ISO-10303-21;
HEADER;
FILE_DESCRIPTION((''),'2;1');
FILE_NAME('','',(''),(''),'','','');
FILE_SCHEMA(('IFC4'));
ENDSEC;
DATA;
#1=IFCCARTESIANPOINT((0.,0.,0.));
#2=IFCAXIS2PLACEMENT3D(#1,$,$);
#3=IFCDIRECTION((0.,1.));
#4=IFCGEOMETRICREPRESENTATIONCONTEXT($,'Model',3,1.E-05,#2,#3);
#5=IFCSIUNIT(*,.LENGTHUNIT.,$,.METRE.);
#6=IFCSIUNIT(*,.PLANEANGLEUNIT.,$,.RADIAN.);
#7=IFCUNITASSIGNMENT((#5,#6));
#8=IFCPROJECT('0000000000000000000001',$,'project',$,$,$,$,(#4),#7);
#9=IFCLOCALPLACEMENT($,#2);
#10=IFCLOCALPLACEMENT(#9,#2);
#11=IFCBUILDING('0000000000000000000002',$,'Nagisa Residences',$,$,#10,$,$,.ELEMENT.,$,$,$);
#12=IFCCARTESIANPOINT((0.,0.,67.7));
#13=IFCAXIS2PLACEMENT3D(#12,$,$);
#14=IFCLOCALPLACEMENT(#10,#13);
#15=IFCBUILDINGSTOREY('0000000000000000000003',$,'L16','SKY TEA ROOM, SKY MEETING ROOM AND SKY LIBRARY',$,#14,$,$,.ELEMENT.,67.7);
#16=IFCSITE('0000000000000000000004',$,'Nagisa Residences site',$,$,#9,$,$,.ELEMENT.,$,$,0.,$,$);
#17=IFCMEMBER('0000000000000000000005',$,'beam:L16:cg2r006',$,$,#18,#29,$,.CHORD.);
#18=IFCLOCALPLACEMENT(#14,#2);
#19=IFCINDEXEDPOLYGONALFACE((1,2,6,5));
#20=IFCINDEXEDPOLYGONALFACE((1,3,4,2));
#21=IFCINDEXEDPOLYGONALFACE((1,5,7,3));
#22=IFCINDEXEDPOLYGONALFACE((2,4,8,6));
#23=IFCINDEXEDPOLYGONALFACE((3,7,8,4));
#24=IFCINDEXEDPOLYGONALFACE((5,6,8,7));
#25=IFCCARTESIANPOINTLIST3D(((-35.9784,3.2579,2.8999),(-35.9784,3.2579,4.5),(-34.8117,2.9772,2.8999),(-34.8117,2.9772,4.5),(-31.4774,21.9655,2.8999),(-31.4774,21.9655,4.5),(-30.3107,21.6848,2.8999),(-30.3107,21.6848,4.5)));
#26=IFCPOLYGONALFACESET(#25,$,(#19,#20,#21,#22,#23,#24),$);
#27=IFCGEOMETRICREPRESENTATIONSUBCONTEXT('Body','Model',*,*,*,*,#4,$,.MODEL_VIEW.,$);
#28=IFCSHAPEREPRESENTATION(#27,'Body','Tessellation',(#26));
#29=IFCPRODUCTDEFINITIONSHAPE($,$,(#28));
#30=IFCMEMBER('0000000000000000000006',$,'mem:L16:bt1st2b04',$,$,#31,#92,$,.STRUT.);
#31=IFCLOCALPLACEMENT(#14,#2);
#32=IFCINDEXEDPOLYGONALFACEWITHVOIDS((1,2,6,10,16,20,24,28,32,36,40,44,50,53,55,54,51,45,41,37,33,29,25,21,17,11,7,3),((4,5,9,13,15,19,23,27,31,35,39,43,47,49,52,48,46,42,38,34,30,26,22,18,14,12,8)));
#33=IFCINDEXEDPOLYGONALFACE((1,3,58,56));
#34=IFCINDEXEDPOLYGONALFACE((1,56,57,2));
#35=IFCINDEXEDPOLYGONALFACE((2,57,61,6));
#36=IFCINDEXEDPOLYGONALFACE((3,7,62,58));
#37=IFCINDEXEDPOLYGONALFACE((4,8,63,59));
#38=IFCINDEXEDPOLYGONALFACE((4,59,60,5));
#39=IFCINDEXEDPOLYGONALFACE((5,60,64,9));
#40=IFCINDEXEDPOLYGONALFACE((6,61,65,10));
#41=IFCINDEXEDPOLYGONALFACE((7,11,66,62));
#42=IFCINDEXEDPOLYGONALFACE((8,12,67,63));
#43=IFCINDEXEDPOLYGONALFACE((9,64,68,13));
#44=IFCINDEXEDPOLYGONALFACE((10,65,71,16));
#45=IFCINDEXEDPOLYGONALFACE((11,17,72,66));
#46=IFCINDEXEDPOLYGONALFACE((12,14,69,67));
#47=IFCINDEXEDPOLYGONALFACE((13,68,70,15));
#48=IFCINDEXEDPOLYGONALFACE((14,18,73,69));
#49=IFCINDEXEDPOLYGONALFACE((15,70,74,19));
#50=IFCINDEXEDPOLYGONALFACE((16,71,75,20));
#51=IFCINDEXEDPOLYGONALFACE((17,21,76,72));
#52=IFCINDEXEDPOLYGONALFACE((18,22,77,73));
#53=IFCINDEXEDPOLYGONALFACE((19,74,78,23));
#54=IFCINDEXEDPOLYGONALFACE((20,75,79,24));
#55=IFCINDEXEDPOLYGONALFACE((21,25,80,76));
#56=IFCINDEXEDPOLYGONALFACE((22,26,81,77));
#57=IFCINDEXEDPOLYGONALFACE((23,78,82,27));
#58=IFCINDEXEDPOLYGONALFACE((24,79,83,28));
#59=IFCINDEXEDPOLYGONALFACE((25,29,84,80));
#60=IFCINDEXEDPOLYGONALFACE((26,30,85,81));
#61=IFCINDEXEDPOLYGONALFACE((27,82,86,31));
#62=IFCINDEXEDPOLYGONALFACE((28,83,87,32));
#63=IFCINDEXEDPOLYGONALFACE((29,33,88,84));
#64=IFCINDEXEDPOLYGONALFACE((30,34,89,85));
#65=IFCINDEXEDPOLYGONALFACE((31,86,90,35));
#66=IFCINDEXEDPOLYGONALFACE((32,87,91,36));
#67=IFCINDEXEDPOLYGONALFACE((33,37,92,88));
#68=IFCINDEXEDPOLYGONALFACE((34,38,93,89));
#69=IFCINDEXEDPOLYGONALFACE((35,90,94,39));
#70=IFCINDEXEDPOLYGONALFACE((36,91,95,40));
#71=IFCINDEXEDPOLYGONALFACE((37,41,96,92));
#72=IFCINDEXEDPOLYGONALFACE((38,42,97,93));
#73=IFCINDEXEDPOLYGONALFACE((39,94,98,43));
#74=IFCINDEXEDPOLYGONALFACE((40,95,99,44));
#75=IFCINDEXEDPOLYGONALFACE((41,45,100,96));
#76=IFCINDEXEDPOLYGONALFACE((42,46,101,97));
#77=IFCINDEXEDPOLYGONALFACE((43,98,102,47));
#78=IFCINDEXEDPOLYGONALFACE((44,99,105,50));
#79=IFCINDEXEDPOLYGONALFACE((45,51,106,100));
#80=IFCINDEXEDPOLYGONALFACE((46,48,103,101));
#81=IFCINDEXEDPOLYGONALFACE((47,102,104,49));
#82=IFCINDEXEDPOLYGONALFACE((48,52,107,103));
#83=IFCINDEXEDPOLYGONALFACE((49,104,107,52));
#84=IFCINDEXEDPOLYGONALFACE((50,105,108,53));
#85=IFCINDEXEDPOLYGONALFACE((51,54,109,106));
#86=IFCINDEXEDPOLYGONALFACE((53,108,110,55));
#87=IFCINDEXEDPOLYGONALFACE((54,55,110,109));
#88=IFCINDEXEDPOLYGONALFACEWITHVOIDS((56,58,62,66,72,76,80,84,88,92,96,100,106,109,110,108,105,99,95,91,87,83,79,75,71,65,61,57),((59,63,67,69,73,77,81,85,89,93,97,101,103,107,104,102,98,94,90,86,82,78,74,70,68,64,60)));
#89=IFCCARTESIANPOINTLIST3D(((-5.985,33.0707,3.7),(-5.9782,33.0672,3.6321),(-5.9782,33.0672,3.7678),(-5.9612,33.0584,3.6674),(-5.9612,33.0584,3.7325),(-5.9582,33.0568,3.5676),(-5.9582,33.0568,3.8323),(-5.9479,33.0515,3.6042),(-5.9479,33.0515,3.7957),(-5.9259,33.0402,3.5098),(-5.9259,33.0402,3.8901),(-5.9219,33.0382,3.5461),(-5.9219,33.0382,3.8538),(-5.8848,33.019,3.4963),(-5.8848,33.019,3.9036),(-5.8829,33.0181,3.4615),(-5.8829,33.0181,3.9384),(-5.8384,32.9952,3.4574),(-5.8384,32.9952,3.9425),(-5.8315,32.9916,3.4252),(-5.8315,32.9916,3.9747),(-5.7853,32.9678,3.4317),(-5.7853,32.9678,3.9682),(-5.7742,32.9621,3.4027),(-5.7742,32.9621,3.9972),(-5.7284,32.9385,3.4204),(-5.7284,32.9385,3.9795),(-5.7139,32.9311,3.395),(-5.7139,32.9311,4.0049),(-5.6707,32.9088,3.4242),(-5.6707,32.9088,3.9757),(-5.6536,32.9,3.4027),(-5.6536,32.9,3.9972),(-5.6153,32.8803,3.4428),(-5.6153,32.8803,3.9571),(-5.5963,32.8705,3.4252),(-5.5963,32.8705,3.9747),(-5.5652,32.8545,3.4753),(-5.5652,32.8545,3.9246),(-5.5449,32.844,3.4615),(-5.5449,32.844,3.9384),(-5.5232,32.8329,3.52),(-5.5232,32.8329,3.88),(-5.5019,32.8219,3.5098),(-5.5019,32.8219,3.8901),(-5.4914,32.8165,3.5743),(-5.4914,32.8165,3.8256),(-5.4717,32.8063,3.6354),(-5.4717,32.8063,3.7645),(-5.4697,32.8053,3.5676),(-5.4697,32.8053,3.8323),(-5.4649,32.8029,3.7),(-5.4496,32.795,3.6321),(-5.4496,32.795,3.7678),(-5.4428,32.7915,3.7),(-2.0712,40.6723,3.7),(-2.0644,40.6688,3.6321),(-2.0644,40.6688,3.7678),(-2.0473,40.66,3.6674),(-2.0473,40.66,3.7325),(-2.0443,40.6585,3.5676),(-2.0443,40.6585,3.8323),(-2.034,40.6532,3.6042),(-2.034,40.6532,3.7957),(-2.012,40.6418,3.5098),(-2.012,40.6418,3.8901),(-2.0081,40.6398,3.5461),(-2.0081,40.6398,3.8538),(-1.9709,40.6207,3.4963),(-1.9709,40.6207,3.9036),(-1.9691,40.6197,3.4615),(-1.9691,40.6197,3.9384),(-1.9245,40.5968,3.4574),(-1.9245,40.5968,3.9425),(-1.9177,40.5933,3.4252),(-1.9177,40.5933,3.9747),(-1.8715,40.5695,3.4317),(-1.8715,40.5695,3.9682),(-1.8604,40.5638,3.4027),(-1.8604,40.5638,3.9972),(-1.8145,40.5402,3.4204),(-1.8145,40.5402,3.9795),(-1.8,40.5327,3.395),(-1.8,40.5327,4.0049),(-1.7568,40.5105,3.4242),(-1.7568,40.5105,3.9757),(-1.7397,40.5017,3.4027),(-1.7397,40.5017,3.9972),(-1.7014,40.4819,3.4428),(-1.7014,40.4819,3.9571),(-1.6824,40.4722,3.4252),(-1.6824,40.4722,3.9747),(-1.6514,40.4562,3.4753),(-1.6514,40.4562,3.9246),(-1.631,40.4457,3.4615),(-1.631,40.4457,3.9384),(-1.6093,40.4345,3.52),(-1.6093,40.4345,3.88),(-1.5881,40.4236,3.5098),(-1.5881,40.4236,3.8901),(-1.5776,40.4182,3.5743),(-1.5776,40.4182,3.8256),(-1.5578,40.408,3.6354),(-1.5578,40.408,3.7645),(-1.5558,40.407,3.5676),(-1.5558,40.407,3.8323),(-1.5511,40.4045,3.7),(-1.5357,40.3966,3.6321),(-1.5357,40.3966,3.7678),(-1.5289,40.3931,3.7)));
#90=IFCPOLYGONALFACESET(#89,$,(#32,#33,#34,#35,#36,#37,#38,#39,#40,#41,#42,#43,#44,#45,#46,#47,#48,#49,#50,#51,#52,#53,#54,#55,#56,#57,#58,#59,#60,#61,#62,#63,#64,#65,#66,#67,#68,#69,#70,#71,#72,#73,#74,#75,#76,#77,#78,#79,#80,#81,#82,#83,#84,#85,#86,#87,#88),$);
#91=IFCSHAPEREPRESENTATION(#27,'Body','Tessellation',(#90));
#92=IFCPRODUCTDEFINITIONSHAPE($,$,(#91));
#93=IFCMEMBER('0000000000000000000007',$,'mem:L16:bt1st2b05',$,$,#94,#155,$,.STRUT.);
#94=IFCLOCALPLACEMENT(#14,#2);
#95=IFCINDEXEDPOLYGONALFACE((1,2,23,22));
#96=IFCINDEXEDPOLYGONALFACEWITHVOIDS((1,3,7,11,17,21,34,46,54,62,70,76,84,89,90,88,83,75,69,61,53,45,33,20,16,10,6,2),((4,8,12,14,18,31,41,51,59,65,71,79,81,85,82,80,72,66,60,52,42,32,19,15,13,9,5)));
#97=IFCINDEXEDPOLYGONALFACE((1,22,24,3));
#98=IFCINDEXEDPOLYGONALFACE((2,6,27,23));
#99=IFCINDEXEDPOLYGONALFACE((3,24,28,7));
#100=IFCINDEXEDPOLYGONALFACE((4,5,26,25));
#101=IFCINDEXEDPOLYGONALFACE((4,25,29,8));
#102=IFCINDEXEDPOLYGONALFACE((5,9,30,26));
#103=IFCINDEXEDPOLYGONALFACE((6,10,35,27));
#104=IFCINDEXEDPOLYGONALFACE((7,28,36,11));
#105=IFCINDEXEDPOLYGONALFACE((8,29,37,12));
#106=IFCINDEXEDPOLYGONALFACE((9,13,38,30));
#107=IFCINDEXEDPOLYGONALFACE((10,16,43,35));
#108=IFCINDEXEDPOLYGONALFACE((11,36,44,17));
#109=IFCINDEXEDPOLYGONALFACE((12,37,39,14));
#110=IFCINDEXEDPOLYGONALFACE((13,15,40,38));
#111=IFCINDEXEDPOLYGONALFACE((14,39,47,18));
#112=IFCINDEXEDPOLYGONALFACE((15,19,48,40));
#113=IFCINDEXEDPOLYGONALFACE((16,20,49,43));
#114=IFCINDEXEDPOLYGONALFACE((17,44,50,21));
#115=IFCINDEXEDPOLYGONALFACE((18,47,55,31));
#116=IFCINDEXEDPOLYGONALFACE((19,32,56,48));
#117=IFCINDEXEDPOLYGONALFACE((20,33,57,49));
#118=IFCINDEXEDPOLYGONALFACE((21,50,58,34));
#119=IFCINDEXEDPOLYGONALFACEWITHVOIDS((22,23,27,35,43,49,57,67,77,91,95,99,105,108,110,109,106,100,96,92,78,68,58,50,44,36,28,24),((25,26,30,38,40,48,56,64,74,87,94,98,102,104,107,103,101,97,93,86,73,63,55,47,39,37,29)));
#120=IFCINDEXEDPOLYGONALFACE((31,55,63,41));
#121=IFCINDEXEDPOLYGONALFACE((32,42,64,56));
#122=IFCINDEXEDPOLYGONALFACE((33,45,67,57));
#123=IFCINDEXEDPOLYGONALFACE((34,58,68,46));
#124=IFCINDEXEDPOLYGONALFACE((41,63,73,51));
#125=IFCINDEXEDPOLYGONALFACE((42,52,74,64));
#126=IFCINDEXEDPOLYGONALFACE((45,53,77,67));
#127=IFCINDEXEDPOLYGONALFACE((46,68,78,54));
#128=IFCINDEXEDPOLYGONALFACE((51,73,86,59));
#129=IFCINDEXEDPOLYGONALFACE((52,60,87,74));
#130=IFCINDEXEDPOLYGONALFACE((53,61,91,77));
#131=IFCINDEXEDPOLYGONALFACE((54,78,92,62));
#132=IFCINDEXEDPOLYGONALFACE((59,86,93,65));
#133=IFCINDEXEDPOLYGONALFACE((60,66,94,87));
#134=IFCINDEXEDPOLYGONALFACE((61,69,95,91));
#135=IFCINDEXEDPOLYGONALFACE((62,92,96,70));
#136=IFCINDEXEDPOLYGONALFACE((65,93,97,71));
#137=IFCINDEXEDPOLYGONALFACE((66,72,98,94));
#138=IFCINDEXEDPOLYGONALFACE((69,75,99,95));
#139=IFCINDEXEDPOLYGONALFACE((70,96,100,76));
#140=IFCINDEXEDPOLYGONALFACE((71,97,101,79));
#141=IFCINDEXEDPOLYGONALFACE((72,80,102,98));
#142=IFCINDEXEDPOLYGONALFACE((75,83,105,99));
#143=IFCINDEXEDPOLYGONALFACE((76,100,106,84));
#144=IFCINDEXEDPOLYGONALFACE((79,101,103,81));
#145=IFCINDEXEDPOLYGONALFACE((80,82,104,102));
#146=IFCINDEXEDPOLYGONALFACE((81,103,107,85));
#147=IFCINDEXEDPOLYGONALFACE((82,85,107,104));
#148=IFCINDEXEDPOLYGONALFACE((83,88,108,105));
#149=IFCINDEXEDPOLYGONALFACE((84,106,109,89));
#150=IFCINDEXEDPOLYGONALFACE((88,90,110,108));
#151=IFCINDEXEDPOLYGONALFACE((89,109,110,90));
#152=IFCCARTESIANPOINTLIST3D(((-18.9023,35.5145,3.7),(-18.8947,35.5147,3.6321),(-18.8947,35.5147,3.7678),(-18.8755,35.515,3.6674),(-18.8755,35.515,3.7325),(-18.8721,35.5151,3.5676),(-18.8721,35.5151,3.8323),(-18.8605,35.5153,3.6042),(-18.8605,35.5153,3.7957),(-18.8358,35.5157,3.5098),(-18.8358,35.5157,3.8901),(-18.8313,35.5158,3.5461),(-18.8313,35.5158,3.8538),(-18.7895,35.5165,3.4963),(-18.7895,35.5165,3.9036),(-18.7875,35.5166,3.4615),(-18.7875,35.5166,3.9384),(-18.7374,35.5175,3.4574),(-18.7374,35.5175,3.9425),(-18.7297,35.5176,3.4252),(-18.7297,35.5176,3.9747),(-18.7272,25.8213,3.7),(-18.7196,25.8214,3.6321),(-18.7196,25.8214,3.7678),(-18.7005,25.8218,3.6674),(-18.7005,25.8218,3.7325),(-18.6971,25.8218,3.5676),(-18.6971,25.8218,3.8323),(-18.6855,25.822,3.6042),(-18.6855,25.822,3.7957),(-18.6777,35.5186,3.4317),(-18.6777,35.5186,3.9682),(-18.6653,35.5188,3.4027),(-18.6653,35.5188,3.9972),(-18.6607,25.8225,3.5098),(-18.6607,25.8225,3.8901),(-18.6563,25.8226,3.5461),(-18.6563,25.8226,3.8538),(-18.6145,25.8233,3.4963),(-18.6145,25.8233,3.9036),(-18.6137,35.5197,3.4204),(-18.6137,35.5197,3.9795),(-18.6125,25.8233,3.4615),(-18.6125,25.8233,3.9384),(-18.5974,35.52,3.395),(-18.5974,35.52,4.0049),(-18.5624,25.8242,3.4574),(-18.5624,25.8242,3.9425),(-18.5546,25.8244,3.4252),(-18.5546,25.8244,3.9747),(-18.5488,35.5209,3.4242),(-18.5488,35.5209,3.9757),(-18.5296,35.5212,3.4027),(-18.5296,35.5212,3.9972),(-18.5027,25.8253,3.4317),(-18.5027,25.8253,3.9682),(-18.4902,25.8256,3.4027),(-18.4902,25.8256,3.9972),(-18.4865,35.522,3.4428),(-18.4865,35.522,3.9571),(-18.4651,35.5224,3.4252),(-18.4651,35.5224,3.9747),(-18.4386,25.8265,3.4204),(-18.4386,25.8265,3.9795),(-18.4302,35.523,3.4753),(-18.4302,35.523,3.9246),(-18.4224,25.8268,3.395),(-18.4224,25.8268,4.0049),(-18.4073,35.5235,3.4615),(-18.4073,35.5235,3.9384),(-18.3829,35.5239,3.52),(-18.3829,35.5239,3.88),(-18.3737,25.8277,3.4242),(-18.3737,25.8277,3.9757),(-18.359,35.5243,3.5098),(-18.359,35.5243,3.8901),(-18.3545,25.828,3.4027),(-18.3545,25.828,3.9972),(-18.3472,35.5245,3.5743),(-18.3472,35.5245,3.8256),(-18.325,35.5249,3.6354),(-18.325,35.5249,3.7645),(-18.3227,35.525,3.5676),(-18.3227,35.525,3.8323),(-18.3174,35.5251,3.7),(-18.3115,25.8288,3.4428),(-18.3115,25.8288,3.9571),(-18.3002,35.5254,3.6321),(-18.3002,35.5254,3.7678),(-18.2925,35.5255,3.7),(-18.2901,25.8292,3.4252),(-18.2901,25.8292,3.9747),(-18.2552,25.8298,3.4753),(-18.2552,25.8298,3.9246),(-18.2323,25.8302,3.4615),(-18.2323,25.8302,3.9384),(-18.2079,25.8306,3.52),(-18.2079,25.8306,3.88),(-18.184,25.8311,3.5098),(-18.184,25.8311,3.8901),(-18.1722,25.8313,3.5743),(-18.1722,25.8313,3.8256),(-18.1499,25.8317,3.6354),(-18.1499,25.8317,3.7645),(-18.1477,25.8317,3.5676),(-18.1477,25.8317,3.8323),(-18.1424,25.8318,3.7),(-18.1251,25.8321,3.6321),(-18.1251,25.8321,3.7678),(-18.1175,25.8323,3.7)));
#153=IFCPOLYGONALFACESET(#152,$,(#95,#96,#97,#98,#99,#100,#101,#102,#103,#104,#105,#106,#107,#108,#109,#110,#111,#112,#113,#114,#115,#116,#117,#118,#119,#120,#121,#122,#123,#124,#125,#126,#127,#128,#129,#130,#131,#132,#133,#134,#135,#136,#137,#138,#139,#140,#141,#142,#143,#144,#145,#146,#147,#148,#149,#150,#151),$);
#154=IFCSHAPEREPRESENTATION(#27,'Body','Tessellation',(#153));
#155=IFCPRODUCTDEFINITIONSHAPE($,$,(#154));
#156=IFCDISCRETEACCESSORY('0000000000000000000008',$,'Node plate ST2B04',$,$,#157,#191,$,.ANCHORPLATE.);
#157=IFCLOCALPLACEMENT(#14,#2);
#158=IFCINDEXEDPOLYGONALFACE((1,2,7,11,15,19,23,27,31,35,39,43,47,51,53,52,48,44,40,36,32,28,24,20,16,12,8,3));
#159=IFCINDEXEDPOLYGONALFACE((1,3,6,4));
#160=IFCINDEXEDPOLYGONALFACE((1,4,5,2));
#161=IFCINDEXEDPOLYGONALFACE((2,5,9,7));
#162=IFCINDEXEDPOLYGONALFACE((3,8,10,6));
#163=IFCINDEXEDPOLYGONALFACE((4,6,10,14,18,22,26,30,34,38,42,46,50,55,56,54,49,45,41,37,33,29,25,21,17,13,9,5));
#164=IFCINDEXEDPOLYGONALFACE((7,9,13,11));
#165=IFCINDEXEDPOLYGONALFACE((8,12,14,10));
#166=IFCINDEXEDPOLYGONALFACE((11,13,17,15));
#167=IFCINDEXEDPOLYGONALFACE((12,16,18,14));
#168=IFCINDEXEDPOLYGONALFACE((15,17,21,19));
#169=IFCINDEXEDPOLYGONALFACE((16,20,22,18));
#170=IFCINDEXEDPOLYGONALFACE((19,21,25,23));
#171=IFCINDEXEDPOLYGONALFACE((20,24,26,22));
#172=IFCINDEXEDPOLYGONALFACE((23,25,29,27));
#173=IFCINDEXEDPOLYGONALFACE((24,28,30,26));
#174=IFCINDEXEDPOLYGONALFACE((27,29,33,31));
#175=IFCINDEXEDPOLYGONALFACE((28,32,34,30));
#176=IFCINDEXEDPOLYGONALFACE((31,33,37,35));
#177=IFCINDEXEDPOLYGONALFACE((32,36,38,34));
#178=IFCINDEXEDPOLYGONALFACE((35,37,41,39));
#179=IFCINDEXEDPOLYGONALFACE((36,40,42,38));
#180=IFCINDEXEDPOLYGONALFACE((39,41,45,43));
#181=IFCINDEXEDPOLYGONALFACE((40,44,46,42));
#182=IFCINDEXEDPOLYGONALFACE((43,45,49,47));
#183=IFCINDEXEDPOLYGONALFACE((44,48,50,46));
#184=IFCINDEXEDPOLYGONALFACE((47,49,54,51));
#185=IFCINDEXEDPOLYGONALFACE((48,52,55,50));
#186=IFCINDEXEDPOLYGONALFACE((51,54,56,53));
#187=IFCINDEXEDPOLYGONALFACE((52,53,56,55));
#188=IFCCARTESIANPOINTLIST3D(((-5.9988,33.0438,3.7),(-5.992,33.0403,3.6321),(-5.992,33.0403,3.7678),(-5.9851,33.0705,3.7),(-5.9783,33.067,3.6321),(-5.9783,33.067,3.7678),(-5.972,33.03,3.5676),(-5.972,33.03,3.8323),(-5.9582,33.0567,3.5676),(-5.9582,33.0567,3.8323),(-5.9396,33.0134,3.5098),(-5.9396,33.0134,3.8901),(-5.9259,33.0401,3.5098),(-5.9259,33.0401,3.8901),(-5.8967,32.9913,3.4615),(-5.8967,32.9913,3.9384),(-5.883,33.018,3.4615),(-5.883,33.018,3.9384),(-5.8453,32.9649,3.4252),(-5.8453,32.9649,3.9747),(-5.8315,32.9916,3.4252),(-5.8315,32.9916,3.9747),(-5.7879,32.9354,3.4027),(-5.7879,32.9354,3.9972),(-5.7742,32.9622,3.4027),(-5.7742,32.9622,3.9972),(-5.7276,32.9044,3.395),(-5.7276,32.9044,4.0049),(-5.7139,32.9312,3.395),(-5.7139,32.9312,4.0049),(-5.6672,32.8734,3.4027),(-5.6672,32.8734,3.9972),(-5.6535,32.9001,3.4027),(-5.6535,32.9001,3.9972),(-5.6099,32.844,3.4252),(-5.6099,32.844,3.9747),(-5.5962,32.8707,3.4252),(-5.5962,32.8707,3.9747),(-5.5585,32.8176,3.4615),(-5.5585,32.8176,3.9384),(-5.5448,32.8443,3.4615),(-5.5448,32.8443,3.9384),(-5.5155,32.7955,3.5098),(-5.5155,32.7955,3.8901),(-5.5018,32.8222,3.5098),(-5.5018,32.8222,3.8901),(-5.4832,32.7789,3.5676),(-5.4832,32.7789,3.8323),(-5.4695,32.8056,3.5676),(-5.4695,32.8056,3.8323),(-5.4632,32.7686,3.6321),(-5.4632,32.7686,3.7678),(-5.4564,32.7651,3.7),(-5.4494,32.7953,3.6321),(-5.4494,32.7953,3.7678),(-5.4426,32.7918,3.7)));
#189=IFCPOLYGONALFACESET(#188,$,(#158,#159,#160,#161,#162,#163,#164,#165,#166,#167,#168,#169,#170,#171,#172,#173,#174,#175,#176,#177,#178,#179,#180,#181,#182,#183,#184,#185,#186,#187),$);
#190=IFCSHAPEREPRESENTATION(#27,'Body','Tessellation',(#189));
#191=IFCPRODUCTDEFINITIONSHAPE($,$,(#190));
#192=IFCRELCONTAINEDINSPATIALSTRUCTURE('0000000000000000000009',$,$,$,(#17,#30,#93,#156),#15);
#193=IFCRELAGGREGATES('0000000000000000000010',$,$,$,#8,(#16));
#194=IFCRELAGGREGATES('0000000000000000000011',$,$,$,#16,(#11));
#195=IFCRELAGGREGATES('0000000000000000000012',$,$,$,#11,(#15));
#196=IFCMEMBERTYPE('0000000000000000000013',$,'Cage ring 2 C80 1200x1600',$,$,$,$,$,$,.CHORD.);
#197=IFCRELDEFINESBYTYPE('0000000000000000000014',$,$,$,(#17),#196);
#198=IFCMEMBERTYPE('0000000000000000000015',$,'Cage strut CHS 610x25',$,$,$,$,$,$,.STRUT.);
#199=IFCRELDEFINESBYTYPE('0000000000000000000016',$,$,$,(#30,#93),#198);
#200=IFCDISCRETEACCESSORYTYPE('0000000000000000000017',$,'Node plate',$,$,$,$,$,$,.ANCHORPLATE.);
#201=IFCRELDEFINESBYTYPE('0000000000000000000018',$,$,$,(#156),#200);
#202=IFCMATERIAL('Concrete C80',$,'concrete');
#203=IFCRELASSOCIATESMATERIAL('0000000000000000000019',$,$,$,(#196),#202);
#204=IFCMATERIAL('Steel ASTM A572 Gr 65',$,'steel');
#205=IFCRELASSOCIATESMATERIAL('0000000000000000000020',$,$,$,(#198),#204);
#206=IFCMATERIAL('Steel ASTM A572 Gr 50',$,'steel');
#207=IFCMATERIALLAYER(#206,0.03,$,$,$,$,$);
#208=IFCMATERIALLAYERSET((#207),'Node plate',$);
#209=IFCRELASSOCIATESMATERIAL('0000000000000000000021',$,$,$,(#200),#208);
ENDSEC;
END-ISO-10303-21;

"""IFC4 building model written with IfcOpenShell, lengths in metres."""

from ifc_helpers import new_model, si_unit, direction, frame, origin, origin_2d, place, context, subcontext, project, spatial, rectangle, circle, hollow_circle, extrude, material, layer, layer_set, material_profile, profile_set, type_object, element, save


model = new_model("IFC4")

# Units and contexts
model_context = context("Model", 3, precision=1e-05, world=origin(), true_north=direction((0.0, 1.0)))
body_context = subcontext(model_context, "Body", "Model", "MODEL_VIEW")
ifc_project = project(units=[si_unit("LENGTHUNIT", "METRE"), si_unit("PLANEANGLEUNIT", "RADIAN")], contexts=[model_context])

# Site, building, storey
site_placement = place(None, origin())
site = spatial("IfcSite", under=ifc_project, at=site_placement, Name="Nagisa Residences site", CompositionType="ELEMENT", RefElevation=0.0)
building_placement = place(site_placement, origin())
building = spatial("IfcBuilding", under=site, at=building_placement, Name="Nagisa Residences", CompositionType="ELEMENT")
storey_placement = place(building_placement, frame((0.0, 0.0, 67.7)))
storey = spatial("IfcBuildingStorey", under=building, at=storey_placement, Name="L16", Description="SKY TEA ROOM, SKY MEETING ROOM AND SKY LIBRARY", CompositionType="ELEMENT", Elevation=67.7)

# Members
ifc_material_1 = material(Name="Concrete C80", Category="concrete")
ifc_material_profile_1 = material_profile(ifc_material_1, rectangle(XDim=1.2, YDim=1.6001, at=origin_2d()), Name="C80 1200x1600")
ifc_profile_set_1 = profile_set([ifc_material_profile_1], Name="Concrete C80")
member_type_1 = type_object("IfcMemberType", Name="Cage ring 2 C80 1200x1600", PredefinedType="CHORD", material=ifc_profile_set_1)
member_1_placement = place(storey_placement, frame((-30.894, 21.8252, 3.7), z_axis=(-0.233922, -0.972255, 0.0), x_axis=(0.972255, -0.233922, 0.0)))
element("IfcMember", 1, at=member_1_placement, inside=storey, type_object=member_type_1, Name="beam:L16:cg2r006", PredefinedType="CHORD", context=body_context, shape_type="SweptSolid", body=[
    extrude(rectangle(XDim=1.2, YDim=1.6001, at=origin_2d()), origin(), (0.0, 0.0, 1.0), 19.2415),
])
ifc_material_2 = material(Name="Steel ASTM A572 Gr 65", Category="steel")
ifc_material_profile_2 = material_profile(ifc_material_2, hollow_circle(Radius=0.3049, WallThickness=0.0249, at=origin_2d()), Name="CHS 610x25")
ifc_profile_set_2 = profile_set([ifc_material_profile_2], Name="Steel ASTM A572 Gr 65")
member_type_2 = type_object("IfcMemberType", Name="Cage strut CHS 610x25", PredefinedType="STRUT", material=ifc_profile_set_2)
member_2_placement = place(storey_placement, frame((-1.8, 40.5327, 3.7), z_axis=(-0.457759, -0.889076, 0.0), x_axis=(0.889076, -0.457759, 0.0)))
element("IfcMember", 2, at=member_2_placement, inside=storey, type_object=member_type_2, Name="mem:L16:bt1st2b04", PredefinedType="STRUT", context=body_context, shape_type="SweptSolid", body=[
    extrude(hollow_circle(Radius=0.3049, WallThickness=0.0249, at=origin_2d()), origin(), (0.0, 0.0, 1.0), 8.55),
])
member_3_placement = place(storey_placement, frame((-18.5974, 35.52, 3.7), z_axis=(0.018056, -0.999837, 0.0), x_axis=(0.999837, 0.018056, 0.0)))
element("IfcMember", 3, at=member_3_placement, inside=storey, type_object=member_type_2, Name="mem:L16:bt1st2b05", PredefinedType="STRUT", context=body_context, shape_type="SweptSolid", body=[
    extrude(hollow_circle(Radius=0.3049, WallThickness=0.0249, at=origin_2d()), origin(), (0.0, 0.0, 1.0), 9.6948),
])

# Discrete accessory
ifc_material_3 = material(Name="Steel ASTM A572 Gr 50", Category="steel")
ifc_layer = layer(ifc_material_3, 0.03)
ifc_layer_set = layer_set([ifc_layer], Name="Node plate")
discrete_accessory_type = type_object("IfcDiscreteAccessoryType", Name="Node plate", PredefinedType="ANCHORPLATE", material=ifc_layer_set)
discrete_accessory_1_placement = place(storey_placement, frame((-5.7139, 32.9312, 3.7), z_axis=(-0.456979, -0.889477, 0.0), x_axis=(0.889477, -0.456979, 0.0)))
element("IfcDiscreteAccessory", 4, at=discrete_accessory_1_placement, inside=storey, type_object=discrete_accessory_type, Name="Node plate ST2B04", PredefinedType="ANCHORPLATE", context=body_context, shape_type="SweptSolid", body=[
    extrude(circle(Radius=0.3049, at=origin_2d()), origin(), (0.0, 0.0, 1.0), 0.03),
])

save(model, "model.ifc")
